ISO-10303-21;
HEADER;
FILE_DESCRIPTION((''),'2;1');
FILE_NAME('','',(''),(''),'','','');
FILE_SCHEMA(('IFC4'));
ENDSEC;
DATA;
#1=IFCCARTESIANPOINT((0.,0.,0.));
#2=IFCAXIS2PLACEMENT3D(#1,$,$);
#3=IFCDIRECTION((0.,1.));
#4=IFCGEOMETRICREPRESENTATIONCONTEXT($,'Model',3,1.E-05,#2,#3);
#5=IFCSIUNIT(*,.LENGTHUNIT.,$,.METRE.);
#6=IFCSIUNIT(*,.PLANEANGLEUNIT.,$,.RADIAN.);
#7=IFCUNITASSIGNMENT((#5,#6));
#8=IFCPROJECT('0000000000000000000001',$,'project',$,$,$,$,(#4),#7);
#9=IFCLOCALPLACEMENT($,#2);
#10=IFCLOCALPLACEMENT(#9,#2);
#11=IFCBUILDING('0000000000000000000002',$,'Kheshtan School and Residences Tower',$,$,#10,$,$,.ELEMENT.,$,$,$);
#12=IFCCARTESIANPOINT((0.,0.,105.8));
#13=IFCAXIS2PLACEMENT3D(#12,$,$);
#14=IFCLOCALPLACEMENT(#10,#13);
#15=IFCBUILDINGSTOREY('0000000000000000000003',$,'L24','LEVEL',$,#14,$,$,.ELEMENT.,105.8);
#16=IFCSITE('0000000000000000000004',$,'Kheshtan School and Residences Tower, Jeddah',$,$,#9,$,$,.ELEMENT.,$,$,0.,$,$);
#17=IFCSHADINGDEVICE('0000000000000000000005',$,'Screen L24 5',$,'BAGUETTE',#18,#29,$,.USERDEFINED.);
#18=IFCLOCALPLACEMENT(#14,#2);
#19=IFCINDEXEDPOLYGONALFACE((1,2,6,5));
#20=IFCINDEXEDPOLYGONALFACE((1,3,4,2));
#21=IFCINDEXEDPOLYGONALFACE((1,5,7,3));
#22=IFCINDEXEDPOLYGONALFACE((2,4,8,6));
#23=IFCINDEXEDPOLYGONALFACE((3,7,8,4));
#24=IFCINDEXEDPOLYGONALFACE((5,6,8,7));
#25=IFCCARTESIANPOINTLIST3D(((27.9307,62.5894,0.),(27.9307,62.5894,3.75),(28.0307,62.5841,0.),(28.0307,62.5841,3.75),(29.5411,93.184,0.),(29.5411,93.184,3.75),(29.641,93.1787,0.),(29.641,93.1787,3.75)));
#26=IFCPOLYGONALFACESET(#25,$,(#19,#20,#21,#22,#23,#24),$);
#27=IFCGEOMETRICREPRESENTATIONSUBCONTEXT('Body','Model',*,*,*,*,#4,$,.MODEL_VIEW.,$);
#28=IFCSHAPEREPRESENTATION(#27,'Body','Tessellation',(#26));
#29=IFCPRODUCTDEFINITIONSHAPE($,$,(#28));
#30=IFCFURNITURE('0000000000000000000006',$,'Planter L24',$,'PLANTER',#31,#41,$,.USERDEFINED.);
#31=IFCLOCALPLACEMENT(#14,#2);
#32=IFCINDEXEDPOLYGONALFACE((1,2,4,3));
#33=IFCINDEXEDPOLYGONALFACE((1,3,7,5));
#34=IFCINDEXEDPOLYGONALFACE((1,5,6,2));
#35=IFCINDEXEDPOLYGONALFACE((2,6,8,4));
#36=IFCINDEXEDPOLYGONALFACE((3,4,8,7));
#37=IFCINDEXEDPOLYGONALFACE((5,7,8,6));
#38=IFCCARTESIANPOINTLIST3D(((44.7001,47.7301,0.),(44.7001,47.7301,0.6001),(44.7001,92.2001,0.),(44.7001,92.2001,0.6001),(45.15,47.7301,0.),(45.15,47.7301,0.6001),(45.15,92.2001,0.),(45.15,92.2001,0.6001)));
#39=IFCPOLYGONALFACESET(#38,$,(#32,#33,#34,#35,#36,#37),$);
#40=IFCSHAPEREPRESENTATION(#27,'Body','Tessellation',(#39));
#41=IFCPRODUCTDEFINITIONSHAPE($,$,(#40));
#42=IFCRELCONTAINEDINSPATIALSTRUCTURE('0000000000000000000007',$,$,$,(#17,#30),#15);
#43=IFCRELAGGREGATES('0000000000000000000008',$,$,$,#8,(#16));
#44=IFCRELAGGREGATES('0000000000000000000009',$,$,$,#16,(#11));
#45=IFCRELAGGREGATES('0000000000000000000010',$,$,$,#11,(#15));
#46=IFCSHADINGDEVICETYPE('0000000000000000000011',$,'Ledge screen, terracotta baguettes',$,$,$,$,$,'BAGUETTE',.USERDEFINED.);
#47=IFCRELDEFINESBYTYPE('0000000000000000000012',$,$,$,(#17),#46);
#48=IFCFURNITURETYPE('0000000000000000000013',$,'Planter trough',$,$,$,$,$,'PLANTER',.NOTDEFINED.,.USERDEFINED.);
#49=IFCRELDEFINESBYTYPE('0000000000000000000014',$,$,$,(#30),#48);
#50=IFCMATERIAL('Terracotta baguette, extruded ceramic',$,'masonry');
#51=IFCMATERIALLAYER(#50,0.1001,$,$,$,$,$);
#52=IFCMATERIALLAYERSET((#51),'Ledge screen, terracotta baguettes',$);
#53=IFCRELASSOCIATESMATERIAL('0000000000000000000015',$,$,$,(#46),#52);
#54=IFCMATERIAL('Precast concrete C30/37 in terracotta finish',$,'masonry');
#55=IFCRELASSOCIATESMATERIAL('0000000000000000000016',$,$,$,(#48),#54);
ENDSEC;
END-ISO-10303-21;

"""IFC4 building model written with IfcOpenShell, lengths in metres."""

from ifc_helpers import new_model, si_unit, direction, frame, origin, origin_2d, place, context, subcontext, project, spatial, rectangle, extrude, material, layer, layer_set, type_object, element, save


model = new_model("IFC4")

# Units and contexts
model_context = context("Model", 3, precision=1e-05, world=origin(), true_north=direction((0.0, 1.0)))
body_context = subcontext(model_context, "Body", "Model", "MODEL_VIEW")
ifc_project = project(units=[si_unit("LENGTHUNIT", "METRE"), si_unit("PLANEANGLEUNIT", "RADIAN")], contexts=[model_context])

# Site, building, storey
site_placement = place(None, origin())
site = spatial("IfcSite", under=ifc_project, at=site_placement, Name="Kheshtan School and Residences Tower, Jeddah", CompositionType="ELEMENT", RefElevation=0.0)
building_placement = place(site_placement, origin())
building = spatial("IfcBuilding", under=site, at=building_placement, Name="Kheshtan School and Residences Tower", CompositionType="ELEMENT")
storey_placement = place(building_placement, frame((0.0, 0.0, 105.8)))
storey = spatial("IfcBuildingStorey", under=building, at=storey_placement, Name="L24", Description="LEVEL", CompositionType="ELEMENT", Elevation=105.8)

# Shading device
ifc_material_1 = material(Name="Terracotta baguette, extruded ceramic", Category="masonry")
ifc_layer_1 = layer(ifc_material_1, 0.1001)
ifc_layer_set_1 = layer_set([ifc_layer_1], Name="Ledge screen, terracotta baguettes")
shading_device_type = type_object("IfcShadingDeviceType", Name="Ledge screen, terracotta baguettes", ElementType="BAGUETTE", PredefinedType="USERDEFINED", material=ifc_layer_set_1)
shading_device_placement = place(storey_placement, frame((28.7859, 77.884, 0.0), z_axis=(0.0, 0.0, 1.0), x_axis=(0.052563, 0.998618, 0.0)))
element("IfcShadingDevice", 1, at=shading_device_placement, inside=storey, type_object=shading_device_type, Name="Screen L24 5", ObjectType="BAGUETTE", PredefinedType="USERDEFINED", context=body_context, shape_type="SweptSolid", body=[
    extrude(rectangle(XDim=30.637, YDim=0.1001, at=origin_2d()), origin(), (0.0, 0.0, 1.0), 3.75),
])

# Furniture
ifc_material_2 = material(Name="Precast concrete C30/37 in terracotta finish", Category="masonry")
furniture_type = type_object("IfcFurnitureType", Name="Planter trough", ElementType="PLANTER", AssemblyPlace="NOTDEFINED", PredefinedType="USERDEFINED", material=ifc_material_2)
furniture_placement = place(storey_placement, frame((44.925, 69.9651, 0.0), z_axis=(0.0, 0.0, 1.0), x_axis=(0.0, -1.0, 0.0)))
element("IfcFurniture", 2, at=furniture_placement, inside=storey, type_object=furniture_type, Name="Planter L24", ObjectType="PLANTER", PredefinedType="USERDEFINED", context=body_context, shape_type="SweptSolid", body=[
    extrude(rectangle(XDim=44.47, YDim=0.45, at=origin_2d()), origin(), (0.0, 0.0, 1.0), 0.6001),
])

save(model, "model.ifc")
